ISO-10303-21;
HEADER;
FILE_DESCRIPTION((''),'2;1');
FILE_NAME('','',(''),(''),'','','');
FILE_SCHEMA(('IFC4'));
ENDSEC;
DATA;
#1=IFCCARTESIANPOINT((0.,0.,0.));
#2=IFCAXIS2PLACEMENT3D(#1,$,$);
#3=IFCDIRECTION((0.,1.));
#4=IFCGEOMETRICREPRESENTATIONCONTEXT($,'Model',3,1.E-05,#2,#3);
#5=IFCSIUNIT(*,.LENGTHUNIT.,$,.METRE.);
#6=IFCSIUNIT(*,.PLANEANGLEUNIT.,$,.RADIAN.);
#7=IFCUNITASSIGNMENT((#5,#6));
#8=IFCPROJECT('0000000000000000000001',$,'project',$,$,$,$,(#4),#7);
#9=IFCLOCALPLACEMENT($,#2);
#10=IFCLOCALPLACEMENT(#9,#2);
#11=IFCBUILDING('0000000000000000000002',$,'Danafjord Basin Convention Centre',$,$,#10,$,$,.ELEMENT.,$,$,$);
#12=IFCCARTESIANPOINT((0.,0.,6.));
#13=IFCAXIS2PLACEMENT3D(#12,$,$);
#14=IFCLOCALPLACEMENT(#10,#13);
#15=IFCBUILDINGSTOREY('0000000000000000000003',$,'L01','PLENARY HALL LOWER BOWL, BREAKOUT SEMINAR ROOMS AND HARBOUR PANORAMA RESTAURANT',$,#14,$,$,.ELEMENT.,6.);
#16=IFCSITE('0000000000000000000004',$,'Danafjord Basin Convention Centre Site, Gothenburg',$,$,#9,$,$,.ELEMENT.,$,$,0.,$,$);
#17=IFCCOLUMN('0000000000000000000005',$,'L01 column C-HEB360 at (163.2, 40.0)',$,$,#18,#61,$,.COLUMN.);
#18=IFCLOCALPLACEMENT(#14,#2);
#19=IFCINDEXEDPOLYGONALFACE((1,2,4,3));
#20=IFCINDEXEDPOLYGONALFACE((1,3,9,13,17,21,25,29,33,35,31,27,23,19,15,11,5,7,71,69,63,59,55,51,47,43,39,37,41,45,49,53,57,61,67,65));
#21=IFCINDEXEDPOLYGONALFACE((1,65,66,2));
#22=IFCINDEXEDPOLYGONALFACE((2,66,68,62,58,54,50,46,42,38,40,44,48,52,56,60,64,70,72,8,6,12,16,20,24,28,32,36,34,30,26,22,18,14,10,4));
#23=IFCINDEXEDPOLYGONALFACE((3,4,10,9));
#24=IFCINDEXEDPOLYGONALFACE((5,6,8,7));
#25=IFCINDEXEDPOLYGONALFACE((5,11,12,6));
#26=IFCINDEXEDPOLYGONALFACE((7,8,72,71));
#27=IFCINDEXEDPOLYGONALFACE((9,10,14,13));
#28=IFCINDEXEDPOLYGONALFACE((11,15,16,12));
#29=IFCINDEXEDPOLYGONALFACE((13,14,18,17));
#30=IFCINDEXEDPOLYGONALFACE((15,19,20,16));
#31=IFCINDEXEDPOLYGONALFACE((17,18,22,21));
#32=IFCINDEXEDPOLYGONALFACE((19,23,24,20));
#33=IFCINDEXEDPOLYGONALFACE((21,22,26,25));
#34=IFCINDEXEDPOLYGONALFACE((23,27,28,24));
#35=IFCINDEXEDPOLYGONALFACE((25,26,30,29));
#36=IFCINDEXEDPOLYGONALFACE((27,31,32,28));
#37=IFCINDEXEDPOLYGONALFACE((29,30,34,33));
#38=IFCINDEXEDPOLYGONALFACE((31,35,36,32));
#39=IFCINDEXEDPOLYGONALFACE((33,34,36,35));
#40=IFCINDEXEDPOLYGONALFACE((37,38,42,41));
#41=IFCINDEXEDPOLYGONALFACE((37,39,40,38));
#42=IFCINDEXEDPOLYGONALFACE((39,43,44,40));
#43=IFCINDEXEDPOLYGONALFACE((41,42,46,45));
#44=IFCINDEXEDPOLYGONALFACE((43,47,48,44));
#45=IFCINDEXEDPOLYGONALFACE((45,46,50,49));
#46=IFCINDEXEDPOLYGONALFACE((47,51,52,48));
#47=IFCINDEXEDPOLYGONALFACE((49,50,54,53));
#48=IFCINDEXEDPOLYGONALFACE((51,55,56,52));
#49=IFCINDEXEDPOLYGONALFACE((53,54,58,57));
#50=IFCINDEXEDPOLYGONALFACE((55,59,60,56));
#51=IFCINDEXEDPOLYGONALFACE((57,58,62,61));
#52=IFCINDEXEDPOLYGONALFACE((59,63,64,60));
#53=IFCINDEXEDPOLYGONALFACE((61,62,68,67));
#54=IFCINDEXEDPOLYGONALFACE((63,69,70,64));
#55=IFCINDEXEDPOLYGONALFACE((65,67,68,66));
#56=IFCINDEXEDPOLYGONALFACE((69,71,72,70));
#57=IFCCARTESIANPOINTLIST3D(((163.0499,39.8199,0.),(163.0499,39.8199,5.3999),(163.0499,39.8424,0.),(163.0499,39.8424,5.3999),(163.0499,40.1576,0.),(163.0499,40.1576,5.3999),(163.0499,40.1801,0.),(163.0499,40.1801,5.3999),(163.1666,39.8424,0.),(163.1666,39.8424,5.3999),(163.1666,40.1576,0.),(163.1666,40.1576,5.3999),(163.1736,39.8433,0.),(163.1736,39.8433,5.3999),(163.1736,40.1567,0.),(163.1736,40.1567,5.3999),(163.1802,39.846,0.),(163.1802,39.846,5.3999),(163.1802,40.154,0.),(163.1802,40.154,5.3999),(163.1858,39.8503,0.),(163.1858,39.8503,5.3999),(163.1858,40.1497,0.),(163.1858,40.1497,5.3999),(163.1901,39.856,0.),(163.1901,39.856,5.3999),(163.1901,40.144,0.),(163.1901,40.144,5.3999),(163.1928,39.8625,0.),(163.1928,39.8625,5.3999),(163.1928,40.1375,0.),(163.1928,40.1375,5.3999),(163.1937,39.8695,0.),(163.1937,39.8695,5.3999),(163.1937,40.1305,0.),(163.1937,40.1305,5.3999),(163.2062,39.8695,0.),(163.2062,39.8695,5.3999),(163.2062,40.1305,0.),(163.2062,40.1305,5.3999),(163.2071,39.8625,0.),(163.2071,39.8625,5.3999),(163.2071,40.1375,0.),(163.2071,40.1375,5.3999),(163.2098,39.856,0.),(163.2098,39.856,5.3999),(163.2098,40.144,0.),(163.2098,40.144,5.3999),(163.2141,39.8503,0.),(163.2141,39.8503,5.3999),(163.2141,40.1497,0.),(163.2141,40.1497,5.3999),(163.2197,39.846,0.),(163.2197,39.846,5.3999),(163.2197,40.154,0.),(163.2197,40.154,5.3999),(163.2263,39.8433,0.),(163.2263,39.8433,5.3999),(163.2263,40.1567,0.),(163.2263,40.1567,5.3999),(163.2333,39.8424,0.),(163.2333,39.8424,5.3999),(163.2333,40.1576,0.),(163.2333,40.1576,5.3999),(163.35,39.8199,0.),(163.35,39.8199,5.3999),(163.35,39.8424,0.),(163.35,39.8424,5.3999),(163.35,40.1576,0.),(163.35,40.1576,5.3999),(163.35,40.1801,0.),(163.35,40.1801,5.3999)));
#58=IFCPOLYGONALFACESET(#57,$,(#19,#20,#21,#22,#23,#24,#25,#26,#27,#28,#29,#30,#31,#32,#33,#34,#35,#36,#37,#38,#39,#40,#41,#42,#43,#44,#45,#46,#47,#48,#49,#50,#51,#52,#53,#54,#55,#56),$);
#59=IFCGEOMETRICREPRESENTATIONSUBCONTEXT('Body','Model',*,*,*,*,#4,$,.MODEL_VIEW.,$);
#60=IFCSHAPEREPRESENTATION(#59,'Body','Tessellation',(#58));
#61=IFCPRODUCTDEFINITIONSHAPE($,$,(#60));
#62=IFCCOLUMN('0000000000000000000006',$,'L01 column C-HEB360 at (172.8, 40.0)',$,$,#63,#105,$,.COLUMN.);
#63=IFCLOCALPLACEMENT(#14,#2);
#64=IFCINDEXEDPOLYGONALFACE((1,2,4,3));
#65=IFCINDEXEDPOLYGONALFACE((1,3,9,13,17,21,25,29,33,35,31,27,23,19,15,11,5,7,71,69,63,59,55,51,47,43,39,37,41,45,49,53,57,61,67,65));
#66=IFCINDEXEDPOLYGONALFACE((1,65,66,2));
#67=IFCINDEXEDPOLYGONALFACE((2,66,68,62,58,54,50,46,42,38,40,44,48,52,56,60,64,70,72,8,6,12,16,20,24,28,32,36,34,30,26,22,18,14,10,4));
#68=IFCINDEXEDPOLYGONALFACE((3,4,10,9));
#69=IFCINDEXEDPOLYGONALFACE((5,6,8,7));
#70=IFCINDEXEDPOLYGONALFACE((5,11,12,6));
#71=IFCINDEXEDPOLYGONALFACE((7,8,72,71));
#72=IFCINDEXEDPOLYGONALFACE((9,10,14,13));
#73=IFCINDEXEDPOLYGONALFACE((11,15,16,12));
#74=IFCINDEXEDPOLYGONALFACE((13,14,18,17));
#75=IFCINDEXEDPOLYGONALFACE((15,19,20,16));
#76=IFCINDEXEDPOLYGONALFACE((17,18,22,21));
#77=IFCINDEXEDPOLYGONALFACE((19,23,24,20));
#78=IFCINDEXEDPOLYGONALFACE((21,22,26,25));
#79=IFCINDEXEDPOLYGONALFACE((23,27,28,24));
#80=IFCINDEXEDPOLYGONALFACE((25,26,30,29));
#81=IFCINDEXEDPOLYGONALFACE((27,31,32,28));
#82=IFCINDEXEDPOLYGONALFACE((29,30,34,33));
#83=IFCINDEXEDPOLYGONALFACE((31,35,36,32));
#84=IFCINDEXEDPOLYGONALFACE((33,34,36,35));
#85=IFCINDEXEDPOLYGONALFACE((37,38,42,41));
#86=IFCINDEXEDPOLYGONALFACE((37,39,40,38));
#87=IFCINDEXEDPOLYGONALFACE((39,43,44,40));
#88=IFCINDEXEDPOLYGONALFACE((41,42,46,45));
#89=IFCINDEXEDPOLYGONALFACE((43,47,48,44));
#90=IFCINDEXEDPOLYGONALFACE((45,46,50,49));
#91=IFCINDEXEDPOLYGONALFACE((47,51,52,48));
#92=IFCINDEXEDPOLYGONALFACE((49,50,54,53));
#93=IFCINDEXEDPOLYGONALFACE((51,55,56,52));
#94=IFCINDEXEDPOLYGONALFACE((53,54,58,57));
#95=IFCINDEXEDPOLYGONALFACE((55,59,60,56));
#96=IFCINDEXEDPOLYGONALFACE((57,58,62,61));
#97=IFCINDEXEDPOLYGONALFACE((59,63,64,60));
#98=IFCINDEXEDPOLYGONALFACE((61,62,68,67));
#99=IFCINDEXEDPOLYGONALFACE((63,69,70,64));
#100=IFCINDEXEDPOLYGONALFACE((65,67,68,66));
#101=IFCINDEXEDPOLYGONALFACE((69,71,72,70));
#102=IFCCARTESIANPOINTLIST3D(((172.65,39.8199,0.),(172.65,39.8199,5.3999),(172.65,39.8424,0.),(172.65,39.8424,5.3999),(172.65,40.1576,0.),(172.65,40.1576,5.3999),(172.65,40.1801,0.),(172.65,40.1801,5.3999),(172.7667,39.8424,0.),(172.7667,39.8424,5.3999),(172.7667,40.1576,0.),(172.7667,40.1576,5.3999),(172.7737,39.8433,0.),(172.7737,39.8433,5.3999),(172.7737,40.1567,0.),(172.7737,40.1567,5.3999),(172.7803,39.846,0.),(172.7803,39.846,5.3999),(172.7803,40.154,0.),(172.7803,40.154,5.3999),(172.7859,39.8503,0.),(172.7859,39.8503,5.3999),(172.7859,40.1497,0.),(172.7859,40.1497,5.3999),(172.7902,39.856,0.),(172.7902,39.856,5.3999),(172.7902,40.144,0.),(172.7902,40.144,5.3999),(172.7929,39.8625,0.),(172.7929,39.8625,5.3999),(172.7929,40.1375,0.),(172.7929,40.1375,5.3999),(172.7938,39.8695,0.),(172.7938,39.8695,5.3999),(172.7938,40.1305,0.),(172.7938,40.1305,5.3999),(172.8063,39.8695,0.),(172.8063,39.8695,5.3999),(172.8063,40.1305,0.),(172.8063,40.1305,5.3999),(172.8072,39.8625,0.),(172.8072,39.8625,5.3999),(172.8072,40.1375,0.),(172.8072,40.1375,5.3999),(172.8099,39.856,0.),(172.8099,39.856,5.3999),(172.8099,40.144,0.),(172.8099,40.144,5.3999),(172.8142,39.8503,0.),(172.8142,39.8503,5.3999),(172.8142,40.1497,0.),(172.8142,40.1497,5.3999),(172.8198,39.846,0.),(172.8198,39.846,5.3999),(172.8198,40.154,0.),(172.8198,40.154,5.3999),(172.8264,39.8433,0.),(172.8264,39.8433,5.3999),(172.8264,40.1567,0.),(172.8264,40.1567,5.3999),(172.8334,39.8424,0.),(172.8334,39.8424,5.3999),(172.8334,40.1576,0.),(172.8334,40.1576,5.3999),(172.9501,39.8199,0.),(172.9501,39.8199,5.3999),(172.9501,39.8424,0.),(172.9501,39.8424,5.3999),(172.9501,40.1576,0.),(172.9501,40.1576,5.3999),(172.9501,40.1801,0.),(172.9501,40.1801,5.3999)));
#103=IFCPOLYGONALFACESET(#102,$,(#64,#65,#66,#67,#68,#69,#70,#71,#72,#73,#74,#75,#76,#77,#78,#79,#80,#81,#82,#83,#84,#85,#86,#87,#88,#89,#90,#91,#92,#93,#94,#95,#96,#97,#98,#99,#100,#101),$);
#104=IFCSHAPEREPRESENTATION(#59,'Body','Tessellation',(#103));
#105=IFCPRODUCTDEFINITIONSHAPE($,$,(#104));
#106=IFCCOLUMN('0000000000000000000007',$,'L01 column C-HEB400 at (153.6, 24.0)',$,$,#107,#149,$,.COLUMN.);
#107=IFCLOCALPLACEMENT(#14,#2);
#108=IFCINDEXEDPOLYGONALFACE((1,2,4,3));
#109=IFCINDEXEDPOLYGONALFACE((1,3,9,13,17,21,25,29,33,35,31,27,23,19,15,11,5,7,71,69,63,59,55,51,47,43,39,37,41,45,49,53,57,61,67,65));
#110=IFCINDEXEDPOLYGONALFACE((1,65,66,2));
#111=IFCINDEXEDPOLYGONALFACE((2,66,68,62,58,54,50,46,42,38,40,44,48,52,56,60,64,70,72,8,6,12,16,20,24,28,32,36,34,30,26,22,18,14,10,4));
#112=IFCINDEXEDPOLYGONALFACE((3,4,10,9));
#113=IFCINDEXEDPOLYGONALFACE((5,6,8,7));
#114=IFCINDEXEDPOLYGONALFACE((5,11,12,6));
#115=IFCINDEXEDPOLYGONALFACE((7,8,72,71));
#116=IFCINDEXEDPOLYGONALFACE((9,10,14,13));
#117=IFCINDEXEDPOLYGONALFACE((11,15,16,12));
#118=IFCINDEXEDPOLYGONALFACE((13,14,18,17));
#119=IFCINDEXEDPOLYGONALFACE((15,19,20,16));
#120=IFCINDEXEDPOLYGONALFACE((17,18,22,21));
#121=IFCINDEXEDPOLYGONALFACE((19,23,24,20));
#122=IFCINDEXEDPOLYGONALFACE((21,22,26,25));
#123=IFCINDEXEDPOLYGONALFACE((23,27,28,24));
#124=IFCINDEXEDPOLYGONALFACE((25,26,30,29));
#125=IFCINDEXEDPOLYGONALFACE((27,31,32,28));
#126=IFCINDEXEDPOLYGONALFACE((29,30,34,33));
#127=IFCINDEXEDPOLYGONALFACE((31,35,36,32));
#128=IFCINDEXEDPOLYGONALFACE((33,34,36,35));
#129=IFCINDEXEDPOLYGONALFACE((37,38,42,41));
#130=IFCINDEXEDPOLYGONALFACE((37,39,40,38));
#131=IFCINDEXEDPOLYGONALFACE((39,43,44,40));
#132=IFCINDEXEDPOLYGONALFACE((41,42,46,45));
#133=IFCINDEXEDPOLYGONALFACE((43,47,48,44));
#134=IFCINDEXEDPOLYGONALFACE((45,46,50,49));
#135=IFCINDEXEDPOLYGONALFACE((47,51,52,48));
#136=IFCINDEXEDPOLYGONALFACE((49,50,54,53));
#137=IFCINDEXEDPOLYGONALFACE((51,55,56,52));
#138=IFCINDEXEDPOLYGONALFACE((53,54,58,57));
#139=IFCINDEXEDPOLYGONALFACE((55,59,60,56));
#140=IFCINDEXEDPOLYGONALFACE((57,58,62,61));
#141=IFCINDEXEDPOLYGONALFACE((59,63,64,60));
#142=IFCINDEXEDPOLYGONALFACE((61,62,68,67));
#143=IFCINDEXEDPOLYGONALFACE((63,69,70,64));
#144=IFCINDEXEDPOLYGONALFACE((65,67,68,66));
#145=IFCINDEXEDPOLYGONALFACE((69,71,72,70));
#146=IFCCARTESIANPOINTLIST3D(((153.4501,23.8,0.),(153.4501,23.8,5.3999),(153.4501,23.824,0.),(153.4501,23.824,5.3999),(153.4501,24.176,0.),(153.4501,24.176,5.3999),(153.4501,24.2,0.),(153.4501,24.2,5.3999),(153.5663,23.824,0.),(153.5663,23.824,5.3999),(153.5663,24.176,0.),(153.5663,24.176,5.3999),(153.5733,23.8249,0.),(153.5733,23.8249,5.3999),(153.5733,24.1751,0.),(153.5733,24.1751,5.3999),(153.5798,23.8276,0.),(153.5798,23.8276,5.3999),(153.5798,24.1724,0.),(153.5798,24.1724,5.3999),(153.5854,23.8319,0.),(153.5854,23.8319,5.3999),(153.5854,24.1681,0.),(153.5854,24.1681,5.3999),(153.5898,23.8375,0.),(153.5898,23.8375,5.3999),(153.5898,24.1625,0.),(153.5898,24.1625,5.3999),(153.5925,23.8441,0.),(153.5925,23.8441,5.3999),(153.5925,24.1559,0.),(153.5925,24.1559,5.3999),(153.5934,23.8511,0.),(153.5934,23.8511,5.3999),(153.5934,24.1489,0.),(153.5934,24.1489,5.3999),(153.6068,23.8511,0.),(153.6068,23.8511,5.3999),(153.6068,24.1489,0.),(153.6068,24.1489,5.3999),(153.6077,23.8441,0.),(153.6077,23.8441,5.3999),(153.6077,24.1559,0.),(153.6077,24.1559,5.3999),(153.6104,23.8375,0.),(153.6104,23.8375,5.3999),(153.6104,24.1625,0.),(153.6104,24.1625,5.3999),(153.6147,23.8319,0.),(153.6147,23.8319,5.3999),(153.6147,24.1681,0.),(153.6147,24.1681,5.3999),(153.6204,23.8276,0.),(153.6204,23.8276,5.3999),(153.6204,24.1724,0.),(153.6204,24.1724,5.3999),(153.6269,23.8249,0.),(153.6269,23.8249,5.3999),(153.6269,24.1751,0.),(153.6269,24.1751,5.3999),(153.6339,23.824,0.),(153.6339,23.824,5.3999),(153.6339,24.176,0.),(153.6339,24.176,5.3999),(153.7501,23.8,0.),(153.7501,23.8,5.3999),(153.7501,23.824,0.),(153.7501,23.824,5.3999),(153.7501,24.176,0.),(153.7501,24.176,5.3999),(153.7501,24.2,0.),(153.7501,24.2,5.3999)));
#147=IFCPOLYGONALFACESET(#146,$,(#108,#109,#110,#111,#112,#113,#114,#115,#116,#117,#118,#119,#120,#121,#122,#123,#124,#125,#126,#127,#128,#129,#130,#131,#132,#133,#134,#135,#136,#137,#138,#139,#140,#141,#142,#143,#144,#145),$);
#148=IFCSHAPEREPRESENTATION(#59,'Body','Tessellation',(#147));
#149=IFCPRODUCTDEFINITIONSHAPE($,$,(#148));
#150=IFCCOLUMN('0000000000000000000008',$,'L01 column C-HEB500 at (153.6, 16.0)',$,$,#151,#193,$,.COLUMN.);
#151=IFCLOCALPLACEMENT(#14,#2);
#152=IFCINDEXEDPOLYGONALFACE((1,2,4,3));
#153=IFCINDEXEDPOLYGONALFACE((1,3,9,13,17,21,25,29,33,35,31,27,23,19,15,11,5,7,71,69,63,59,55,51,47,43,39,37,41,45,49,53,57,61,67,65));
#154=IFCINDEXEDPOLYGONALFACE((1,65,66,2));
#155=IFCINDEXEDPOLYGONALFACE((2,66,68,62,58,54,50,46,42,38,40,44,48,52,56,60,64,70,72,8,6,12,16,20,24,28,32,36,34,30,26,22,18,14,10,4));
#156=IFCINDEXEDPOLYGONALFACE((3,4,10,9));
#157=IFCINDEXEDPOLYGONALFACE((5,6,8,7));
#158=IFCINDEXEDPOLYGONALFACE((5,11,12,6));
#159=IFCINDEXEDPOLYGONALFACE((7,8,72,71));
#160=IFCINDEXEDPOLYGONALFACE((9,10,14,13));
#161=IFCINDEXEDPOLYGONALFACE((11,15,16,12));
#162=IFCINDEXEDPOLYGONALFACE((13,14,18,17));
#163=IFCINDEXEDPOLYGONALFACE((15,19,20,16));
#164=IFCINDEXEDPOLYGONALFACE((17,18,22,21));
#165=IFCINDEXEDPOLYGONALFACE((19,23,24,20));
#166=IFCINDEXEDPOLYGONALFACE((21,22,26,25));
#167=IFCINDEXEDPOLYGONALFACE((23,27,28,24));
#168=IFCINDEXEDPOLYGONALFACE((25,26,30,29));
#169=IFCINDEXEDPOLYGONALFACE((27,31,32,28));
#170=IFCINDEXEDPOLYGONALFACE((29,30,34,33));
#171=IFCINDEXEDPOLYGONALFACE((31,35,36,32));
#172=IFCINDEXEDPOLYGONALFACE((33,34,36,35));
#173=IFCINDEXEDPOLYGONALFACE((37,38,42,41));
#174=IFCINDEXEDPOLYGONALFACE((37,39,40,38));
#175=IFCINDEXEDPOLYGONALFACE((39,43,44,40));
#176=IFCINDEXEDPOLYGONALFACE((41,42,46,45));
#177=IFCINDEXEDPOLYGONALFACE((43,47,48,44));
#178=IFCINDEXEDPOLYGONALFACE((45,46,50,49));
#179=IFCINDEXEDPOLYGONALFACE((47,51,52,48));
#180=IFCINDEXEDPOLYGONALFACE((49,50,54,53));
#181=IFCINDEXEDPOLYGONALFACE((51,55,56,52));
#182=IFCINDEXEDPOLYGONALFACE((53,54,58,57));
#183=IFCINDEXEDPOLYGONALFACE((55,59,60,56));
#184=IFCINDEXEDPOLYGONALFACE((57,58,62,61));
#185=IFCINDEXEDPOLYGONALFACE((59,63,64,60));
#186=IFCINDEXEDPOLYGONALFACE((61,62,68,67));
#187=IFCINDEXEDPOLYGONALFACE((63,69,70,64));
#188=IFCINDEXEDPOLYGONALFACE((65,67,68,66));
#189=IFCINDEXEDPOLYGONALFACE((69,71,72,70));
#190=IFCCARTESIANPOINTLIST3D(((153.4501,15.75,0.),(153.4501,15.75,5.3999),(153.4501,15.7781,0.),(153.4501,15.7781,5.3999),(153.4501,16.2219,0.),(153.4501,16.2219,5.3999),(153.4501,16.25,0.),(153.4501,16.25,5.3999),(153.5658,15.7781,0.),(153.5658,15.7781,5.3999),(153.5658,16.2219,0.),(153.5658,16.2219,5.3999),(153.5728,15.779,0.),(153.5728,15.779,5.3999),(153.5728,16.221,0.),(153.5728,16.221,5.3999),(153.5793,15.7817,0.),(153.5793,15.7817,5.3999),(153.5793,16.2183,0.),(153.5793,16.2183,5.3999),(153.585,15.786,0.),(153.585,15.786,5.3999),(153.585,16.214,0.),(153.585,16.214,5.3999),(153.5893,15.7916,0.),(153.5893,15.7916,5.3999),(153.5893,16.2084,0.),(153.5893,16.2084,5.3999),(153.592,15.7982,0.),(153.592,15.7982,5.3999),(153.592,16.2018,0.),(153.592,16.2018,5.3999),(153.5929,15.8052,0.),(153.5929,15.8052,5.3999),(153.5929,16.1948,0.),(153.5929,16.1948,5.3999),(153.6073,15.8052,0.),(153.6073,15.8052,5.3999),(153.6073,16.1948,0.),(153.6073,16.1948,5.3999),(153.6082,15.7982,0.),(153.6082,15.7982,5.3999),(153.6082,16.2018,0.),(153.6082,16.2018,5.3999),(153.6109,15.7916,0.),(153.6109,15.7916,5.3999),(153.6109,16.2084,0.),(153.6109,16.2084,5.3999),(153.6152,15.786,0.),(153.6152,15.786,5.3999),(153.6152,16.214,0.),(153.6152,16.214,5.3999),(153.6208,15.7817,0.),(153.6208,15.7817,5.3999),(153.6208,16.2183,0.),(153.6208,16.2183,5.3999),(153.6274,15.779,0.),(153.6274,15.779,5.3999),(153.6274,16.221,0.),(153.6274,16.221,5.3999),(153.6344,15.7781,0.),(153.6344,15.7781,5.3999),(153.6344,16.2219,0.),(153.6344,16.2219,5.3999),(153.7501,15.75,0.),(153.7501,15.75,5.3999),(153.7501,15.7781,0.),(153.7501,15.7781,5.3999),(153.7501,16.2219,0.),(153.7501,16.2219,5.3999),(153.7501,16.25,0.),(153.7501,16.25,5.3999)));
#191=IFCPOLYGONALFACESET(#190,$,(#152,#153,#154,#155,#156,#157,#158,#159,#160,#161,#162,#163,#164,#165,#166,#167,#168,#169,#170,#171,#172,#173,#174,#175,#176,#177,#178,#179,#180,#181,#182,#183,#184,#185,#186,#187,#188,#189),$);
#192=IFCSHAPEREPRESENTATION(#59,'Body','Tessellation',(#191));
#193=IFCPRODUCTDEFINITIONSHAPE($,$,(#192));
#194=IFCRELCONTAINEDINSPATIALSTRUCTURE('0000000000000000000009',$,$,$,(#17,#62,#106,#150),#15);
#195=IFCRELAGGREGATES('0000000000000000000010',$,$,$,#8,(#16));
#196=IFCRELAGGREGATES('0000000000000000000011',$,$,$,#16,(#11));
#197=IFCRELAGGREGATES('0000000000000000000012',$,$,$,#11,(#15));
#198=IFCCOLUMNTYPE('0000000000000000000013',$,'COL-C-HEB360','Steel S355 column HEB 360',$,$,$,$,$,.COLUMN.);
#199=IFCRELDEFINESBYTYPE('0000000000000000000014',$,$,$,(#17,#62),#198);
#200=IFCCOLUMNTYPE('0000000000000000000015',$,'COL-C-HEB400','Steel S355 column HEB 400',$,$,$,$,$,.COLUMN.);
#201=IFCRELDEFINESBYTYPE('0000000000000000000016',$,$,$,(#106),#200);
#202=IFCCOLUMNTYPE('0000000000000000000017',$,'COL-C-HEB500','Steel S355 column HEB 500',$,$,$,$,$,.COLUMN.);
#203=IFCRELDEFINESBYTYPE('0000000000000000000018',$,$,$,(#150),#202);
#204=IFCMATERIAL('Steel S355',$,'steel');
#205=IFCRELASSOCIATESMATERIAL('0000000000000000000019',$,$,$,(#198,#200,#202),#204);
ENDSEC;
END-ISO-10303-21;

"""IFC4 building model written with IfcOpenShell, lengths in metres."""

from ifc_helpers import new_model, si_unit, direction, frame, origin, origin_2d, place, context, subcontext, project, spatial, i_section, extrude, material, material_profile, profile_set, type_object, element, save


model = new_model("IFC4")

# Units and contexts
model_context = context("Model", 3, precision=1e-05, world=origin(), true_north=direction((0.0, 1.0)))
body_context = subcontext(model_context, "Body", "Model", "MODEL_VIEW")
ifc_project = project(units=[si_unit("LENGTHUNIT", "METRE"), si_unit("PLANEANGLEUNIT", "RADIAN")], contexts=[model_context])

# Site, building, storey
site_placement = place(None, origin())
site = spatial("IfcSite", under=ifc_project, at=site_placement, Name="Danafjord Basin Convention Centre Site, Gothenburg", CompositionType="ELEMENT", RefElevation=0.0)
building_placement = place(site_placement, origin())
building = spatial("IfcBuilding", under=site, at=building_placement, Name="Danafjord Basin Convention Centre", CompositionType="ELEMENT")
storey_placement = place(building_placement, frame((0.0, 0.0, 6.0)))
storey = spatial("IfcBuildingStorey", under=building, at=storey_placement, Name="L01", Description="PLENARY HALL LOWER BOWL, BREAKOUT SEMINAR ROOMS AND HARBOUR PANORAMA RESTAURANT", CompositionType="ELEMENT", Elevation=6.0)

# Columns
ifc_material_1 = material(Name="Steel S355", Category="steel")
ifc_material_profile_1 = material_profile(ifc_material_1, i_section(OverallWidth=0.3, OverallDepth=0.3601, WebThickness=0.0125, FlangeThickness=0.0225, FilletRadius=0.0271, at=origin_2d()), Name="HEB 360")
ifc_profile_set_1 = profile_set([ifc_material_profile_1], Name="Steel S355")
column_type_1 = type_object("IfcColumnType", Name="COL-C-HEB360", Description="Steel S355 column HEB 360", PredefinedType="COLUMN", material=ifc_profile_set_1)
for number, where, z_axis, x_axis, name in (
    (1, (163.2, 40.0, 0.0), (0.0, 0.0, 1.0), (1.0, 0.0, 0.0), "L01 column C-HEB360 at (163.2, 40.0)"),
    (2, (172.8, 40.0, 0.0), (0.0, 0.0, 1.0), (1.0, 0.0, 0.0), "L01 column C-HEB360 at (172.8, 40.0)"),
):
    element("IfcColumn", number, at=place(storey_placement, frame(where, z_axis=z_axis, x_axis=x_axis)), inside=storey, type_object=column_type_1, Name=name, PredefinedType="COLUMN", context=body_context, shape_type="SweptSolid", body=[
        extrude(i_section(OverallWidth=0.3, OverallDepth=0.3601, WebThickness=0.0125, FlangeThickness=0.0225, FilletRadius=0.0271, at=origin_2d()), origin(), (0.0, 0.0, 1.0), 5.3999),
    ])
ifc_material_profile_2 = material_profile(ifc_material_1, i_section(OverallWidth=0.3, OverallDepth=0.3999, WebThickness=0.0134, FlangeThickness=0.0239, FilletRadius=0.0271, at=origin_2d()), Name="HEB 400")
ifc_profile_set_2 = profile_set([ifc_material_profile_2], Name="Steel S355")
column_type_2 = type_object("IfcColumnType", Name="COL-C-HEB400", Description="Steel S355 column HEB 400", PredefinedType="COLUMN", material=ifc_profile_set_2)
column_1_placement = place(storey_placement, frame((153.6001, 24.0, 0.0), z_axis=(0.0, 0.0, 1.0), x_axis=(1.0, 0.0, 0.0)))
element("IfcColumn", 3, at=column_1_placement, inside=storey, type_object=column_type_2, Name="L01 column C-HEB400 at (153.6, 24.0)", PredefinedType="COLUMN", context=body_context, shape_type="SweptSolid", body=[
    extrude(i_section(OverallWidth=0.3, OverallDepth=0.3999, WebThickness=0.0134, FlangeThickness=0.0239, FilletRadius=0.0271, at=origin_2d()), origin(), (0.0, 0.0, 1.0), 5.3999),
])
ifc_material_profile_3 = material_profile(ifc_material_1, i_section(OverallWidth=0.3, OverallDepth=0.5, WebThickness=0.0144, FlangeThickness=0.0281, FilletRadius=0.0271, at=origin_2d()), Name="HEB 500")
ifc_profile_set_3 = profile_set([ifc_material_profile_3], Name="Steel S355")
column_type_3 = type_object("IfcColumnType", Name="COL-C-HEB500", Description="Steel S355 column HEB 500", PredefinedType="COLUMN", material=ifc_profile_set_3)
for number, where, z_axis, x_axis, name in (
    (4, (153.6001, 16.0, 0.0), (0.0, 0.0, 1.0), (1.0, 0.0, 0.0), "L01 column C-HEB500 at (153.6, 16.0)"),
):
    element("IfcColumn", number, at=place(storey_placement, frame(where, z_axis=z_axis, x_axis=x_axis)), inside=storey, type_object=column_type_3, Name=name, PredefinedType="COLUMN", context=body_context, shape_type="SweptSolid", body=[
        extrude(i_section(OverallWidth=0.3, OverallDepth=0.5, WebThickness=0.0144, FlangeThickness=0.0281, FilletRadius=0.0271, at=origin_2d()), origin(), (0.0, 0.0, 1.0), 5.3999),
    ])

save(model, "model.ifc")
